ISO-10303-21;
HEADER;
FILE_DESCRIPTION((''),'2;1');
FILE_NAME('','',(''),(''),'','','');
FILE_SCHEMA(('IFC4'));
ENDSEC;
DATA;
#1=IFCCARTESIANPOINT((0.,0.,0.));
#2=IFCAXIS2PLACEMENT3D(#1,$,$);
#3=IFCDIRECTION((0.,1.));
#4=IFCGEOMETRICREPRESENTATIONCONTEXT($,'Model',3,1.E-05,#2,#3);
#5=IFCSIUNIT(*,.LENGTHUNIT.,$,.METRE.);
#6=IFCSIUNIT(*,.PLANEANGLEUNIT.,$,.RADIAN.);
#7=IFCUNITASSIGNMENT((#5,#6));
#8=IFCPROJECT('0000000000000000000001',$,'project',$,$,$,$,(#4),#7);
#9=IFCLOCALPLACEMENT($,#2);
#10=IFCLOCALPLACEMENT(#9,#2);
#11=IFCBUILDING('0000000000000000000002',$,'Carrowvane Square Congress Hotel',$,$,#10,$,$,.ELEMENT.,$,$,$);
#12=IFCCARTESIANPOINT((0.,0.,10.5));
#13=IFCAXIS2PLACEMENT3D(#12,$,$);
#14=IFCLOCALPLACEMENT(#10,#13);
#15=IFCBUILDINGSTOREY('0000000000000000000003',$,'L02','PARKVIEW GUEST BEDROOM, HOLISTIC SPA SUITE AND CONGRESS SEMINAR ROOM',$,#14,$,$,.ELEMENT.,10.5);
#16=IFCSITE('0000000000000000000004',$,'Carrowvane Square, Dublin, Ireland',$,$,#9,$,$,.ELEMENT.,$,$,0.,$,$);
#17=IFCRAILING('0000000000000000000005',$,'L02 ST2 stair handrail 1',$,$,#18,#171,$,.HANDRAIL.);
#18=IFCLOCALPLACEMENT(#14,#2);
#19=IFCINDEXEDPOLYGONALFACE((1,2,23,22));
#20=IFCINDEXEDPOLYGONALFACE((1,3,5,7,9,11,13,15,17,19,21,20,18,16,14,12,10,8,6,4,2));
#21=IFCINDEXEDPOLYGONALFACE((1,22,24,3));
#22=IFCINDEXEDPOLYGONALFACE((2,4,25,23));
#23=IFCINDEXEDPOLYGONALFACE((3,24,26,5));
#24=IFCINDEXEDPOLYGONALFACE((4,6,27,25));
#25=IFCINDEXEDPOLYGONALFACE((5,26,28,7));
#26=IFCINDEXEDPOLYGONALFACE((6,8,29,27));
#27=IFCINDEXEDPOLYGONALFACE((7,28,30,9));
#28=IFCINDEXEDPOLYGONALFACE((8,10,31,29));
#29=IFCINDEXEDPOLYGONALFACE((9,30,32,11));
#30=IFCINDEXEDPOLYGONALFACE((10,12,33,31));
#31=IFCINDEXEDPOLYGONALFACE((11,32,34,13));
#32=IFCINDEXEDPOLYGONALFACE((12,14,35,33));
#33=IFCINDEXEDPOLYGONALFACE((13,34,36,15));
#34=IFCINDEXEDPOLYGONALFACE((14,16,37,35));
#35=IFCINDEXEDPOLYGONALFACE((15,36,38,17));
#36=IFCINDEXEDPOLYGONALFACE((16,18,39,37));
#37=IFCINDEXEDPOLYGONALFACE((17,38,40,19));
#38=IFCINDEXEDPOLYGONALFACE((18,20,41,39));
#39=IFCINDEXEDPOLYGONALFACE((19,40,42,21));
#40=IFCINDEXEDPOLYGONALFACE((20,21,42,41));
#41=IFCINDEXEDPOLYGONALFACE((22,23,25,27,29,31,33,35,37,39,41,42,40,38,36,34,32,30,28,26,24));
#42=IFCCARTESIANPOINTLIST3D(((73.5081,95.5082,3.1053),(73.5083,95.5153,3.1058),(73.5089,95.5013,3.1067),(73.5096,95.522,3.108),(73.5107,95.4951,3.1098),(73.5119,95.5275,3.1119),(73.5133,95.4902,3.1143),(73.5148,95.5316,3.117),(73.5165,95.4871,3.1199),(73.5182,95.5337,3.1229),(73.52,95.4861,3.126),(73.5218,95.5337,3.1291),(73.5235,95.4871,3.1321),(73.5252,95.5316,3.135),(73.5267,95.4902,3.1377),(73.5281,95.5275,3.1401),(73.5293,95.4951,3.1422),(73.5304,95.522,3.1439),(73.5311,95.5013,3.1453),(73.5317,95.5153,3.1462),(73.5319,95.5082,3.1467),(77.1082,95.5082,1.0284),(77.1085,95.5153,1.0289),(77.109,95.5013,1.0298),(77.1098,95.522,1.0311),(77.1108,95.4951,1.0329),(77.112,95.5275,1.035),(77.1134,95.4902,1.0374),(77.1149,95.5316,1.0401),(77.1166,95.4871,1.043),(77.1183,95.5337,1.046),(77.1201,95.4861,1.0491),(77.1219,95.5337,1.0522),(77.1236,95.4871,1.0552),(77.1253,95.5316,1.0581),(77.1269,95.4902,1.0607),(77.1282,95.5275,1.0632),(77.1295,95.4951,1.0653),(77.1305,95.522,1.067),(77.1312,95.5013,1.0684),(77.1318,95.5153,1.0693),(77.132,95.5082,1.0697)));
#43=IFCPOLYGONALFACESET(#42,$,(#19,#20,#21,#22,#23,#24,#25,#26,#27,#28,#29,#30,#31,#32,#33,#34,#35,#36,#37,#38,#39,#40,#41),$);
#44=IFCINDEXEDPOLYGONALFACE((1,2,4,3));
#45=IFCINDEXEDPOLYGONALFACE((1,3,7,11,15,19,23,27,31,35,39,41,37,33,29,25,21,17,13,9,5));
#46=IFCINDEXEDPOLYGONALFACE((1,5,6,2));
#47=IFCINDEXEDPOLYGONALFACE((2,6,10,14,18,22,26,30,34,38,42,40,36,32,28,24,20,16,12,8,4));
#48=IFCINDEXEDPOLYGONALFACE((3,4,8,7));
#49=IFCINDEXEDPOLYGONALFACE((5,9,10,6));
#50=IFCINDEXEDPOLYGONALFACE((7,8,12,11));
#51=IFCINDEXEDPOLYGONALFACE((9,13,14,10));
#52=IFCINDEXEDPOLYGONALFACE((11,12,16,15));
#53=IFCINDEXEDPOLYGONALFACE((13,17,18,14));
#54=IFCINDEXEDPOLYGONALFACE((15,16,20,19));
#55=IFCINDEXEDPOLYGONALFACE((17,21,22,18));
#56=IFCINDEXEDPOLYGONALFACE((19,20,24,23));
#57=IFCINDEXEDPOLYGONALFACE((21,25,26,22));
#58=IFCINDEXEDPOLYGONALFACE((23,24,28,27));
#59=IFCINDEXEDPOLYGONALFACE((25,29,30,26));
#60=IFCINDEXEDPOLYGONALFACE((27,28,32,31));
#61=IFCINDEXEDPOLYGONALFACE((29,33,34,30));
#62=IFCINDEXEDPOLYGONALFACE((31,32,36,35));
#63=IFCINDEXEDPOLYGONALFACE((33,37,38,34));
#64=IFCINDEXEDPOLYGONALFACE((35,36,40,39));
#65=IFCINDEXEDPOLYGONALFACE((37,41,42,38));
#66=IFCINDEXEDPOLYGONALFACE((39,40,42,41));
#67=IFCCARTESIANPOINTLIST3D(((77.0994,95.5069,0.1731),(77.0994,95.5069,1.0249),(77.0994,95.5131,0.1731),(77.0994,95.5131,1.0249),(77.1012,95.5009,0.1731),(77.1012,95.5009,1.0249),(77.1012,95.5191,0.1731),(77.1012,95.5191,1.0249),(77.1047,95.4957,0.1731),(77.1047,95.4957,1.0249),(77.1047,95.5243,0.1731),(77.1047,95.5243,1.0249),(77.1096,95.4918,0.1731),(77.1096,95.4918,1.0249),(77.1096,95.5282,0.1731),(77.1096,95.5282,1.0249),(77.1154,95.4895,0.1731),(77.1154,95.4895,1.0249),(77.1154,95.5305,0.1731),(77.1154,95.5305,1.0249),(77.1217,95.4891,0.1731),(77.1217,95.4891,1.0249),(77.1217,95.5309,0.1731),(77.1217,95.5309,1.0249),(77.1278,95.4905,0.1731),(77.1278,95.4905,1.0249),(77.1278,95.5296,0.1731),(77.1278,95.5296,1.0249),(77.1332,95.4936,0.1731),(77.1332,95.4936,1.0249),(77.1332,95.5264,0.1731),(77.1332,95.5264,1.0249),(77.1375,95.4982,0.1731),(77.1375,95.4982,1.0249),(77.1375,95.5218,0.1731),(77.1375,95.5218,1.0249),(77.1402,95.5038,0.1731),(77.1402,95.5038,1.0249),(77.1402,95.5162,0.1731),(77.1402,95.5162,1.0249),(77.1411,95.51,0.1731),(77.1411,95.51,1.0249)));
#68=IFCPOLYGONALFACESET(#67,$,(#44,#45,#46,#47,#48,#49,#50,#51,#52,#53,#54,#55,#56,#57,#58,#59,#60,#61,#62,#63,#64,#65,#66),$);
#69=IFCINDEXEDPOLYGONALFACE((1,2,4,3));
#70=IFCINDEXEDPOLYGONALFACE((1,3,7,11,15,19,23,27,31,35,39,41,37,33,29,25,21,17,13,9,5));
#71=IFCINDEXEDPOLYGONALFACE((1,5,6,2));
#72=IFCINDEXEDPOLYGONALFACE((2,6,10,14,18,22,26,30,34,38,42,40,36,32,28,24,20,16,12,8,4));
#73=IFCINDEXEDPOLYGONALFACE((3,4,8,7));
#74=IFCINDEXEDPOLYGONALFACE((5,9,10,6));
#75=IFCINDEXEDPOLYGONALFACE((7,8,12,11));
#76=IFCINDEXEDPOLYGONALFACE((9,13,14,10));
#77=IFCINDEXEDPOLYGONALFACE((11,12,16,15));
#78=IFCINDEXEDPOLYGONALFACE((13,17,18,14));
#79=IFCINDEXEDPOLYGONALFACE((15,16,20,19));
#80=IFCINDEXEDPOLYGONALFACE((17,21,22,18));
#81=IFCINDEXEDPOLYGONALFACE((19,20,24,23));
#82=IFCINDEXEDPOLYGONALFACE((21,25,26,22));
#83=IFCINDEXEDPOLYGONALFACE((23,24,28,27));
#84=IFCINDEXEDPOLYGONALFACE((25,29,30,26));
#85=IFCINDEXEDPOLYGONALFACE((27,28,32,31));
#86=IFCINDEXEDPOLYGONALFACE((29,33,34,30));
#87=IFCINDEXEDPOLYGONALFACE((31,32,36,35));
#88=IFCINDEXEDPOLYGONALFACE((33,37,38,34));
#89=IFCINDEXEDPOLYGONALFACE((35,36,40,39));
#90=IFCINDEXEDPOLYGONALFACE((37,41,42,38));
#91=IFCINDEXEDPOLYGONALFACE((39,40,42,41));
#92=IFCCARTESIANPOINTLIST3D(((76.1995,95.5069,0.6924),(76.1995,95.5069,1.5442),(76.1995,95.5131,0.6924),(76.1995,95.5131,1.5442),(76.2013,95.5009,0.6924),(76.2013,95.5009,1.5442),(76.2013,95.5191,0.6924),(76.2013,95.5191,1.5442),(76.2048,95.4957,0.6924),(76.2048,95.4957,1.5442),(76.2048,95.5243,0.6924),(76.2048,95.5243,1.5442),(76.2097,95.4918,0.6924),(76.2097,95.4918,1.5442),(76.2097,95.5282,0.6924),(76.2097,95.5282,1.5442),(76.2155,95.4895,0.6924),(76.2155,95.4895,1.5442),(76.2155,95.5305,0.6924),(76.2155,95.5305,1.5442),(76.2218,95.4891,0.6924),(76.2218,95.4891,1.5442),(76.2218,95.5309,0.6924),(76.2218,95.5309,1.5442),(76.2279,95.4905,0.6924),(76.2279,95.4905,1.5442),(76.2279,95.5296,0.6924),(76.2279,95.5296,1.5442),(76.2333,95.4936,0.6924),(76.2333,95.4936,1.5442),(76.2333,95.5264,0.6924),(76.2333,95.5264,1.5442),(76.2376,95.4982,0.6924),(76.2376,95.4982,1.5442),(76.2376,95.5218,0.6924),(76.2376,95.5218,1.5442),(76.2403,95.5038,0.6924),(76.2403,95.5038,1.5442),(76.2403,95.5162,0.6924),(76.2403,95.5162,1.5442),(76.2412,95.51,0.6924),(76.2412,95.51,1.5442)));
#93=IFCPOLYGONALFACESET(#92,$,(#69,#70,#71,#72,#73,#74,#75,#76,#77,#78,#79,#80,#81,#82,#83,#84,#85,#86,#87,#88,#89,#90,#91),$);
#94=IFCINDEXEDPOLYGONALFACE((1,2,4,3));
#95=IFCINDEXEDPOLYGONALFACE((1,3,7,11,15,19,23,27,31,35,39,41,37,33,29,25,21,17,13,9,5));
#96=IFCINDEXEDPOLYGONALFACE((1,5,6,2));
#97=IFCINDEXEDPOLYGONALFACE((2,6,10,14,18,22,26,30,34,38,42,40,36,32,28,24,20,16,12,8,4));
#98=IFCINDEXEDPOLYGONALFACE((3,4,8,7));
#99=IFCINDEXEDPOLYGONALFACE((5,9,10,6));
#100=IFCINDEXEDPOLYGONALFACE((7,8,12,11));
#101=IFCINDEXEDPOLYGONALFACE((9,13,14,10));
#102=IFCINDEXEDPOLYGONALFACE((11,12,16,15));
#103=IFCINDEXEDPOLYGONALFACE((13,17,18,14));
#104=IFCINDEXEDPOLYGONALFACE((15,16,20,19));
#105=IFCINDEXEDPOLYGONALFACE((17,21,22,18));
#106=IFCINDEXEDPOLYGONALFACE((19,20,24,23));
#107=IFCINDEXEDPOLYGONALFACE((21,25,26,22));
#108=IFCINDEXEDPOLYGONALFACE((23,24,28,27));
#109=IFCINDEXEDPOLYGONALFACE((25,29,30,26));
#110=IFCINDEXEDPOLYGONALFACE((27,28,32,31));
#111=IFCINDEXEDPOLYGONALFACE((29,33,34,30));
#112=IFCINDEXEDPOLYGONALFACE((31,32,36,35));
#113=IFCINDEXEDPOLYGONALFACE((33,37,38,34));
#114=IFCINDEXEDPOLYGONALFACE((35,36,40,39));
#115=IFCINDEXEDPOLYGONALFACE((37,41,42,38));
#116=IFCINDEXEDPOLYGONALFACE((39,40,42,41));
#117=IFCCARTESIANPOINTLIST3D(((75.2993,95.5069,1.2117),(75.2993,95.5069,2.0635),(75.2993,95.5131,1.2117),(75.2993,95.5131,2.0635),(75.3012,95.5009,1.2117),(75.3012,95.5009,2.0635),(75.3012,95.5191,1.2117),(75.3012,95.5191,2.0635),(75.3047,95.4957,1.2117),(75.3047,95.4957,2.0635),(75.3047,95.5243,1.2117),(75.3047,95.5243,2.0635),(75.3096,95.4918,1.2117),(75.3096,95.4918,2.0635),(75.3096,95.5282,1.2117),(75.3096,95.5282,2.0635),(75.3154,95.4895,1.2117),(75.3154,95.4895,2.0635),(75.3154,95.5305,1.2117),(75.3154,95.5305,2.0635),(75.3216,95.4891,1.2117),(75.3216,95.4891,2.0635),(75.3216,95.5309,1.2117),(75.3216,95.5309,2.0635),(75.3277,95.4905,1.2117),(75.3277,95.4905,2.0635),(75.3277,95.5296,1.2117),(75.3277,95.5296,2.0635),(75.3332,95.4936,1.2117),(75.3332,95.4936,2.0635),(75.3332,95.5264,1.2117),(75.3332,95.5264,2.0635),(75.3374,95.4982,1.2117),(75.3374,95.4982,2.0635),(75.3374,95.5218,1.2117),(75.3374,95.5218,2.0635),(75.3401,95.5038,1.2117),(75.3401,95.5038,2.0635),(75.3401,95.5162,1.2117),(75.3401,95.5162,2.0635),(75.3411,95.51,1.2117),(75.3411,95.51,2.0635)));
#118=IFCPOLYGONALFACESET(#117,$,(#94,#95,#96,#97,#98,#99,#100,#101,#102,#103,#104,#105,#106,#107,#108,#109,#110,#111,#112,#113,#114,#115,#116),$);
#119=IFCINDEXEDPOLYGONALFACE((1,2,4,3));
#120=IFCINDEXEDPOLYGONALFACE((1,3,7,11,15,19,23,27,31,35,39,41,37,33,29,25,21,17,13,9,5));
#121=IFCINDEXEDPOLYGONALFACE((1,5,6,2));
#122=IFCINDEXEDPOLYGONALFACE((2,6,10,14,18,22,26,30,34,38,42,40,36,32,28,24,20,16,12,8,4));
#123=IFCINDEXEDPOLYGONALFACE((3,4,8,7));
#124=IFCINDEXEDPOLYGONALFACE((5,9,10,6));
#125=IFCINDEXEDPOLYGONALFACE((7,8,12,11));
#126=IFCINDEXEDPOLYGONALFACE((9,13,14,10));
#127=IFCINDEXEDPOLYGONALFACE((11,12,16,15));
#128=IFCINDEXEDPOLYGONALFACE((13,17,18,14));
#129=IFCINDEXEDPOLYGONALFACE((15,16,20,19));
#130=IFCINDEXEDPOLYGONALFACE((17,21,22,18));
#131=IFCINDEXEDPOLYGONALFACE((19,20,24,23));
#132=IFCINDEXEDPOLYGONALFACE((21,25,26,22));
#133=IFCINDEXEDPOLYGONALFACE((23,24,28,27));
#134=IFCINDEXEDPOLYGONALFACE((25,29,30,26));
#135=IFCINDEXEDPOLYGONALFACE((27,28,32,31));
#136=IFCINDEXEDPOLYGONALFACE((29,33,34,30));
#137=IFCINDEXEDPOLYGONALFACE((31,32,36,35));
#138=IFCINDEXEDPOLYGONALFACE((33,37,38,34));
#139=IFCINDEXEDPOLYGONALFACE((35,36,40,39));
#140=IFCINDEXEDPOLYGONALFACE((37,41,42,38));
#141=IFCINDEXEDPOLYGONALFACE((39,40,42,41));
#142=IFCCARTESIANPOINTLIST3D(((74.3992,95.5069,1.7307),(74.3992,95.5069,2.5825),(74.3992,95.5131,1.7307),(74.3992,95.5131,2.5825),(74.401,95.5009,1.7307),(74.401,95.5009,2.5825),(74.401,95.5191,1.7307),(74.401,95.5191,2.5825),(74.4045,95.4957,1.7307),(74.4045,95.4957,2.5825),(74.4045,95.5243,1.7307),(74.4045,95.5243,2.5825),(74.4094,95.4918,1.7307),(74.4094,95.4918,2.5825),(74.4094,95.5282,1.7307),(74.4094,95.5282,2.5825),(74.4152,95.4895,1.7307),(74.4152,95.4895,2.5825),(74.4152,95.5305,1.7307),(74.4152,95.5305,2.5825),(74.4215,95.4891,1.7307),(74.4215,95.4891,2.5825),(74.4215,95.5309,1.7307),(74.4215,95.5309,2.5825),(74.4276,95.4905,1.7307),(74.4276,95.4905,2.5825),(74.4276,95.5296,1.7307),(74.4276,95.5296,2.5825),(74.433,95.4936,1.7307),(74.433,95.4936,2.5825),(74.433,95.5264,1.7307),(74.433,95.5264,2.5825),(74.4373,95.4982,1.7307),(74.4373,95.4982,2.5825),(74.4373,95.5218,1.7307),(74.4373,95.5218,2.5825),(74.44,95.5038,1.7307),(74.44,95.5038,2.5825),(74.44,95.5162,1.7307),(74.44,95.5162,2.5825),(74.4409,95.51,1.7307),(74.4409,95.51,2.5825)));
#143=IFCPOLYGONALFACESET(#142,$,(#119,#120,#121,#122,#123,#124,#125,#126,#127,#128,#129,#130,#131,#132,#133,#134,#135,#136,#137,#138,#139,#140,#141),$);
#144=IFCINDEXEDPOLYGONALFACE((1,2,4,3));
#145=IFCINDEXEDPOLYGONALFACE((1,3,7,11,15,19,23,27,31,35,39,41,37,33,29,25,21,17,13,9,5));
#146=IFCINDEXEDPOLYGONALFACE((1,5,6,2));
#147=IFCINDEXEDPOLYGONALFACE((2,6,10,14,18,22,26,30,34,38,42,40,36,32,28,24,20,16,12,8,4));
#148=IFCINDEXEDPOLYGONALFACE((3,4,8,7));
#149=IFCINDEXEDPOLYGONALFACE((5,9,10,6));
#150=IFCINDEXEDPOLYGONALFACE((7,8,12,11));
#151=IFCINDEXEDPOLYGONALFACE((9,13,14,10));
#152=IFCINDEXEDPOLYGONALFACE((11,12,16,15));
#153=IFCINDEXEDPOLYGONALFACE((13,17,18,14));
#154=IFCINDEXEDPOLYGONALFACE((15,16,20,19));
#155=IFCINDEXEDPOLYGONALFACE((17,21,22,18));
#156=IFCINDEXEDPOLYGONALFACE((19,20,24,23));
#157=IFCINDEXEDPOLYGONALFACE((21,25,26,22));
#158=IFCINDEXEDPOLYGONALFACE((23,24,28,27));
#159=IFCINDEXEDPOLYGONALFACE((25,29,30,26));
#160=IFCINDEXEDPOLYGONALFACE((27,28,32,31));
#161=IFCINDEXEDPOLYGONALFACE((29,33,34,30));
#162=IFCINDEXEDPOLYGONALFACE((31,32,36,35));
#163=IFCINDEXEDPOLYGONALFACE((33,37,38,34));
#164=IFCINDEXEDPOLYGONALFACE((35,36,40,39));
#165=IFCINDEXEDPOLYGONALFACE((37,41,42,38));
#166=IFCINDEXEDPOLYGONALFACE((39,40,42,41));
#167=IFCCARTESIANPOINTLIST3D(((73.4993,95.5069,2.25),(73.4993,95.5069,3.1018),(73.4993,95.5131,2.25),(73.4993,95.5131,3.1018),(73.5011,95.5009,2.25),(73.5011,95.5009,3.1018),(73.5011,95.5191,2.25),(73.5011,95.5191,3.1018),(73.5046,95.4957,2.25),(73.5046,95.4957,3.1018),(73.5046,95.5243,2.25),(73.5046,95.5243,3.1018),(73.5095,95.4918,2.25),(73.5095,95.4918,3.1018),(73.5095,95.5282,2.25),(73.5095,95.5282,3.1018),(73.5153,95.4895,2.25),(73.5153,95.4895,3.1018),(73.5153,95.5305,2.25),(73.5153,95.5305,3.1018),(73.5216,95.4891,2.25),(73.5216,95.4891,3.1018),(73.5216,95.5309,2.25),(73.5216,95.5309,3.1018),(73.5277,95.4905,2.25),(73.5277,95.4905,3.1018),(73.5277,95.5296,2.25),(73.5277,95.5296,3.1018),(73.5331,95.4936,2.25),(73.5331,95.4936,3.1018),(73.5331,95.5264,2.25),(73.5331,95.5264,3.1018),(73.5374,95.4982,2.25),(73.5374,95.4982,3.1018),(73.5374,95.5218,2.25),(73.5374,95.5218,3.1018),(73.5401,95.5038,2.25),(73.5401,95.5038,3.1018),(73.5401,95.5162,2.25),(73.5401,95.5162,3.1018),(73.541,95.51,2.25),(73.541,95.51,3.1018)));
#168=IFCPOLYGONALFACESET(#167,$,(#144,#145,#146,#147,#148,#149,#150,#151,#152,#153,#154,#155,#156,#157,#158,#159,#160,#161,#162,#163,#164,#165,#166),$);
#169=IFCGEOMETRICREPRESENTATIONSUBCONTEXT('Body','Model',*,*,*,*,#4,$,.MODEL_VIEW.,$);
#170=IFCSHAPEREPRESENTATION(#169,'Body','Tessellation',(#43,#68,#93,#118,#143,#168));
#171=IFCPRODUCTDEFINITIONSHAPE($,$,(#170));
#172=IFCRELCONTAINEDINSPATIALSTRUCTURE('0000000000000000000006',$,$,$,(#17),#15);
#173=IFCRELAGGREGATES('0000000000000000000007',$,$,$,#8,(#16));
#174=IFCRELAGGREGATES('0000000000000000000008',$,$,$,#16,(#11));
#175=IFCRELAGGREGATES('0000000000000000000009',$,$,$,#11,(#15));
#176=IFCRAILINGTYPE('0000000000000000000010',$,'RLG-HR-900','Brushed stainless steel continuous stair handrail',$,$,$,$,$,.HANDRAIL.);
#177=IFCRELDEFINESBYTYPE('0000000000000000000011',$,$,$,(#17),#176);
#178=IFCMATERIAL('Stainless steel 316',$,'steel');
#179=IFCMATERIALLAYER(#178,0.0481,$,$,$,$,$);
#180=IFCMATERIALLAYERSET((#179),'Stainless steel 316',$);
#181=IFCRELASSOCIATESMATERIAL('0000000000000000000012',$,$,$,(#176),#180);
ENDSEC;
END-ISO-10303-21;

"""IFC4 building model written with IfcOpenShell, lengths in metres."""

from ifc_helpers import new_model, si_unit, direction, frame, origin, origin_2d, place, context, subcontext, project, spatial, circle, extrude, material, layer, layer_set, type_object, element, save


model = new_model("IFC4")

# Units and contexts
model_context = context("Model", 3, precision=1e-05, world=origin(), true_north=direction((0.0, 1.0)))
body_context = subcontext(model_context, "Body", "Model", "MODEL_VIEW")
ifc_project = project(units=[si_unit("LENGTHUNIT", "METRE"), si_unit("PLANEANGLEUNIT", "RADIAN")], contexts=[model_context])

# Site, building, storey
site_placement = place(None, origin())
site = spatial("IfcSite", under=ifc_project, at=site_placement, Name="Carrowvane Square, Dublin, Ireland", CompositionType="ELEMENT", RefElevation=0.0)
building_placement = place(site_placement, origin())
building = spatial("IfcBuilding", under=site, at=building_placement, Name="Carrowvane Square Congress Hotel", CompositionType="ELEMENT")
storey_placement = place(building_placement, frame((0.0, 0.0, 10.5)))
storey = spatial("IfcBuildingStorey", under=building, at=storey_placement, Name="L02", Description="PARKVIEW GUEST BEDROOM, HOLISTIC SPA SUITE AND CONGRESS SEMINAR ROOM", CompositionType="ELEMENT", Elevation=10.5)

# Railing
ifc_material_1 = material(Name="Stainless steel 316", Category="steel")
ifc_layer_1 = layer(ifc_material_1, 0.0481)
ifc_layer_set_1 = layer_set([ifc_layer_1], Name="Stainless steel 316")
railing_type_1 = type_object("IfcRailingType", Name="RLG-HR-900", Description="Brushed stainless steel continuous stair handrail", PredefinedType="HANDRAIL", material=ifc_layer_set_1)
railing_1_placement = place(storey_placement, frame((77.1201, 95.51, 0.1731)))
element("IfcRailing", 1, at=railing_1_placement, inside=storey, type_object=railing_type_1, Name="L02 ST2 stair handrail 1", PredefinedType="HANDRAIL", context=body_context, shape_type="SweptSolid", body=[
    extrude(circle(Radius=0.0239, at=origin_2d()), frame((0.0, 0.0, 0.876), z_axis=(-0.866193, 0.0, 0.499709), x_axis=(0.0, -1.0, 0.0)), (0.0, 0.0, 1.0), 4.1562),
    extrude(circle(Radius=0.021, at=origin_2d()), origin(), (0.0, 0.0, 1.0), 0.8518),
    extrude(circle(Radius=0.021, at=origin_2d()), frame((-0.8999, 0.0, 0.5193)), (0.0, 0.0, 1.0), 0.8518),
    extrude(circle(Radius=0.021, at=origin_2d()), frame((-1.8, 0.0, 1.0386)), (0.0, 0.0, 1.0), 0.8518),
    extrude(circle(Radius=0.021, at=origin_2d()), frame((-2.7002, 0.0, 1.5576)), (0.0, 0.0, 1.0), 0.8518),
    extrude(circle(Radius=0.021, at=origin_2d()), frame((-3.6001, 0.0, 2.0769)), (0.0, 0.0, 1.0), 0.8518),
])

save(model, "model.ifc")
